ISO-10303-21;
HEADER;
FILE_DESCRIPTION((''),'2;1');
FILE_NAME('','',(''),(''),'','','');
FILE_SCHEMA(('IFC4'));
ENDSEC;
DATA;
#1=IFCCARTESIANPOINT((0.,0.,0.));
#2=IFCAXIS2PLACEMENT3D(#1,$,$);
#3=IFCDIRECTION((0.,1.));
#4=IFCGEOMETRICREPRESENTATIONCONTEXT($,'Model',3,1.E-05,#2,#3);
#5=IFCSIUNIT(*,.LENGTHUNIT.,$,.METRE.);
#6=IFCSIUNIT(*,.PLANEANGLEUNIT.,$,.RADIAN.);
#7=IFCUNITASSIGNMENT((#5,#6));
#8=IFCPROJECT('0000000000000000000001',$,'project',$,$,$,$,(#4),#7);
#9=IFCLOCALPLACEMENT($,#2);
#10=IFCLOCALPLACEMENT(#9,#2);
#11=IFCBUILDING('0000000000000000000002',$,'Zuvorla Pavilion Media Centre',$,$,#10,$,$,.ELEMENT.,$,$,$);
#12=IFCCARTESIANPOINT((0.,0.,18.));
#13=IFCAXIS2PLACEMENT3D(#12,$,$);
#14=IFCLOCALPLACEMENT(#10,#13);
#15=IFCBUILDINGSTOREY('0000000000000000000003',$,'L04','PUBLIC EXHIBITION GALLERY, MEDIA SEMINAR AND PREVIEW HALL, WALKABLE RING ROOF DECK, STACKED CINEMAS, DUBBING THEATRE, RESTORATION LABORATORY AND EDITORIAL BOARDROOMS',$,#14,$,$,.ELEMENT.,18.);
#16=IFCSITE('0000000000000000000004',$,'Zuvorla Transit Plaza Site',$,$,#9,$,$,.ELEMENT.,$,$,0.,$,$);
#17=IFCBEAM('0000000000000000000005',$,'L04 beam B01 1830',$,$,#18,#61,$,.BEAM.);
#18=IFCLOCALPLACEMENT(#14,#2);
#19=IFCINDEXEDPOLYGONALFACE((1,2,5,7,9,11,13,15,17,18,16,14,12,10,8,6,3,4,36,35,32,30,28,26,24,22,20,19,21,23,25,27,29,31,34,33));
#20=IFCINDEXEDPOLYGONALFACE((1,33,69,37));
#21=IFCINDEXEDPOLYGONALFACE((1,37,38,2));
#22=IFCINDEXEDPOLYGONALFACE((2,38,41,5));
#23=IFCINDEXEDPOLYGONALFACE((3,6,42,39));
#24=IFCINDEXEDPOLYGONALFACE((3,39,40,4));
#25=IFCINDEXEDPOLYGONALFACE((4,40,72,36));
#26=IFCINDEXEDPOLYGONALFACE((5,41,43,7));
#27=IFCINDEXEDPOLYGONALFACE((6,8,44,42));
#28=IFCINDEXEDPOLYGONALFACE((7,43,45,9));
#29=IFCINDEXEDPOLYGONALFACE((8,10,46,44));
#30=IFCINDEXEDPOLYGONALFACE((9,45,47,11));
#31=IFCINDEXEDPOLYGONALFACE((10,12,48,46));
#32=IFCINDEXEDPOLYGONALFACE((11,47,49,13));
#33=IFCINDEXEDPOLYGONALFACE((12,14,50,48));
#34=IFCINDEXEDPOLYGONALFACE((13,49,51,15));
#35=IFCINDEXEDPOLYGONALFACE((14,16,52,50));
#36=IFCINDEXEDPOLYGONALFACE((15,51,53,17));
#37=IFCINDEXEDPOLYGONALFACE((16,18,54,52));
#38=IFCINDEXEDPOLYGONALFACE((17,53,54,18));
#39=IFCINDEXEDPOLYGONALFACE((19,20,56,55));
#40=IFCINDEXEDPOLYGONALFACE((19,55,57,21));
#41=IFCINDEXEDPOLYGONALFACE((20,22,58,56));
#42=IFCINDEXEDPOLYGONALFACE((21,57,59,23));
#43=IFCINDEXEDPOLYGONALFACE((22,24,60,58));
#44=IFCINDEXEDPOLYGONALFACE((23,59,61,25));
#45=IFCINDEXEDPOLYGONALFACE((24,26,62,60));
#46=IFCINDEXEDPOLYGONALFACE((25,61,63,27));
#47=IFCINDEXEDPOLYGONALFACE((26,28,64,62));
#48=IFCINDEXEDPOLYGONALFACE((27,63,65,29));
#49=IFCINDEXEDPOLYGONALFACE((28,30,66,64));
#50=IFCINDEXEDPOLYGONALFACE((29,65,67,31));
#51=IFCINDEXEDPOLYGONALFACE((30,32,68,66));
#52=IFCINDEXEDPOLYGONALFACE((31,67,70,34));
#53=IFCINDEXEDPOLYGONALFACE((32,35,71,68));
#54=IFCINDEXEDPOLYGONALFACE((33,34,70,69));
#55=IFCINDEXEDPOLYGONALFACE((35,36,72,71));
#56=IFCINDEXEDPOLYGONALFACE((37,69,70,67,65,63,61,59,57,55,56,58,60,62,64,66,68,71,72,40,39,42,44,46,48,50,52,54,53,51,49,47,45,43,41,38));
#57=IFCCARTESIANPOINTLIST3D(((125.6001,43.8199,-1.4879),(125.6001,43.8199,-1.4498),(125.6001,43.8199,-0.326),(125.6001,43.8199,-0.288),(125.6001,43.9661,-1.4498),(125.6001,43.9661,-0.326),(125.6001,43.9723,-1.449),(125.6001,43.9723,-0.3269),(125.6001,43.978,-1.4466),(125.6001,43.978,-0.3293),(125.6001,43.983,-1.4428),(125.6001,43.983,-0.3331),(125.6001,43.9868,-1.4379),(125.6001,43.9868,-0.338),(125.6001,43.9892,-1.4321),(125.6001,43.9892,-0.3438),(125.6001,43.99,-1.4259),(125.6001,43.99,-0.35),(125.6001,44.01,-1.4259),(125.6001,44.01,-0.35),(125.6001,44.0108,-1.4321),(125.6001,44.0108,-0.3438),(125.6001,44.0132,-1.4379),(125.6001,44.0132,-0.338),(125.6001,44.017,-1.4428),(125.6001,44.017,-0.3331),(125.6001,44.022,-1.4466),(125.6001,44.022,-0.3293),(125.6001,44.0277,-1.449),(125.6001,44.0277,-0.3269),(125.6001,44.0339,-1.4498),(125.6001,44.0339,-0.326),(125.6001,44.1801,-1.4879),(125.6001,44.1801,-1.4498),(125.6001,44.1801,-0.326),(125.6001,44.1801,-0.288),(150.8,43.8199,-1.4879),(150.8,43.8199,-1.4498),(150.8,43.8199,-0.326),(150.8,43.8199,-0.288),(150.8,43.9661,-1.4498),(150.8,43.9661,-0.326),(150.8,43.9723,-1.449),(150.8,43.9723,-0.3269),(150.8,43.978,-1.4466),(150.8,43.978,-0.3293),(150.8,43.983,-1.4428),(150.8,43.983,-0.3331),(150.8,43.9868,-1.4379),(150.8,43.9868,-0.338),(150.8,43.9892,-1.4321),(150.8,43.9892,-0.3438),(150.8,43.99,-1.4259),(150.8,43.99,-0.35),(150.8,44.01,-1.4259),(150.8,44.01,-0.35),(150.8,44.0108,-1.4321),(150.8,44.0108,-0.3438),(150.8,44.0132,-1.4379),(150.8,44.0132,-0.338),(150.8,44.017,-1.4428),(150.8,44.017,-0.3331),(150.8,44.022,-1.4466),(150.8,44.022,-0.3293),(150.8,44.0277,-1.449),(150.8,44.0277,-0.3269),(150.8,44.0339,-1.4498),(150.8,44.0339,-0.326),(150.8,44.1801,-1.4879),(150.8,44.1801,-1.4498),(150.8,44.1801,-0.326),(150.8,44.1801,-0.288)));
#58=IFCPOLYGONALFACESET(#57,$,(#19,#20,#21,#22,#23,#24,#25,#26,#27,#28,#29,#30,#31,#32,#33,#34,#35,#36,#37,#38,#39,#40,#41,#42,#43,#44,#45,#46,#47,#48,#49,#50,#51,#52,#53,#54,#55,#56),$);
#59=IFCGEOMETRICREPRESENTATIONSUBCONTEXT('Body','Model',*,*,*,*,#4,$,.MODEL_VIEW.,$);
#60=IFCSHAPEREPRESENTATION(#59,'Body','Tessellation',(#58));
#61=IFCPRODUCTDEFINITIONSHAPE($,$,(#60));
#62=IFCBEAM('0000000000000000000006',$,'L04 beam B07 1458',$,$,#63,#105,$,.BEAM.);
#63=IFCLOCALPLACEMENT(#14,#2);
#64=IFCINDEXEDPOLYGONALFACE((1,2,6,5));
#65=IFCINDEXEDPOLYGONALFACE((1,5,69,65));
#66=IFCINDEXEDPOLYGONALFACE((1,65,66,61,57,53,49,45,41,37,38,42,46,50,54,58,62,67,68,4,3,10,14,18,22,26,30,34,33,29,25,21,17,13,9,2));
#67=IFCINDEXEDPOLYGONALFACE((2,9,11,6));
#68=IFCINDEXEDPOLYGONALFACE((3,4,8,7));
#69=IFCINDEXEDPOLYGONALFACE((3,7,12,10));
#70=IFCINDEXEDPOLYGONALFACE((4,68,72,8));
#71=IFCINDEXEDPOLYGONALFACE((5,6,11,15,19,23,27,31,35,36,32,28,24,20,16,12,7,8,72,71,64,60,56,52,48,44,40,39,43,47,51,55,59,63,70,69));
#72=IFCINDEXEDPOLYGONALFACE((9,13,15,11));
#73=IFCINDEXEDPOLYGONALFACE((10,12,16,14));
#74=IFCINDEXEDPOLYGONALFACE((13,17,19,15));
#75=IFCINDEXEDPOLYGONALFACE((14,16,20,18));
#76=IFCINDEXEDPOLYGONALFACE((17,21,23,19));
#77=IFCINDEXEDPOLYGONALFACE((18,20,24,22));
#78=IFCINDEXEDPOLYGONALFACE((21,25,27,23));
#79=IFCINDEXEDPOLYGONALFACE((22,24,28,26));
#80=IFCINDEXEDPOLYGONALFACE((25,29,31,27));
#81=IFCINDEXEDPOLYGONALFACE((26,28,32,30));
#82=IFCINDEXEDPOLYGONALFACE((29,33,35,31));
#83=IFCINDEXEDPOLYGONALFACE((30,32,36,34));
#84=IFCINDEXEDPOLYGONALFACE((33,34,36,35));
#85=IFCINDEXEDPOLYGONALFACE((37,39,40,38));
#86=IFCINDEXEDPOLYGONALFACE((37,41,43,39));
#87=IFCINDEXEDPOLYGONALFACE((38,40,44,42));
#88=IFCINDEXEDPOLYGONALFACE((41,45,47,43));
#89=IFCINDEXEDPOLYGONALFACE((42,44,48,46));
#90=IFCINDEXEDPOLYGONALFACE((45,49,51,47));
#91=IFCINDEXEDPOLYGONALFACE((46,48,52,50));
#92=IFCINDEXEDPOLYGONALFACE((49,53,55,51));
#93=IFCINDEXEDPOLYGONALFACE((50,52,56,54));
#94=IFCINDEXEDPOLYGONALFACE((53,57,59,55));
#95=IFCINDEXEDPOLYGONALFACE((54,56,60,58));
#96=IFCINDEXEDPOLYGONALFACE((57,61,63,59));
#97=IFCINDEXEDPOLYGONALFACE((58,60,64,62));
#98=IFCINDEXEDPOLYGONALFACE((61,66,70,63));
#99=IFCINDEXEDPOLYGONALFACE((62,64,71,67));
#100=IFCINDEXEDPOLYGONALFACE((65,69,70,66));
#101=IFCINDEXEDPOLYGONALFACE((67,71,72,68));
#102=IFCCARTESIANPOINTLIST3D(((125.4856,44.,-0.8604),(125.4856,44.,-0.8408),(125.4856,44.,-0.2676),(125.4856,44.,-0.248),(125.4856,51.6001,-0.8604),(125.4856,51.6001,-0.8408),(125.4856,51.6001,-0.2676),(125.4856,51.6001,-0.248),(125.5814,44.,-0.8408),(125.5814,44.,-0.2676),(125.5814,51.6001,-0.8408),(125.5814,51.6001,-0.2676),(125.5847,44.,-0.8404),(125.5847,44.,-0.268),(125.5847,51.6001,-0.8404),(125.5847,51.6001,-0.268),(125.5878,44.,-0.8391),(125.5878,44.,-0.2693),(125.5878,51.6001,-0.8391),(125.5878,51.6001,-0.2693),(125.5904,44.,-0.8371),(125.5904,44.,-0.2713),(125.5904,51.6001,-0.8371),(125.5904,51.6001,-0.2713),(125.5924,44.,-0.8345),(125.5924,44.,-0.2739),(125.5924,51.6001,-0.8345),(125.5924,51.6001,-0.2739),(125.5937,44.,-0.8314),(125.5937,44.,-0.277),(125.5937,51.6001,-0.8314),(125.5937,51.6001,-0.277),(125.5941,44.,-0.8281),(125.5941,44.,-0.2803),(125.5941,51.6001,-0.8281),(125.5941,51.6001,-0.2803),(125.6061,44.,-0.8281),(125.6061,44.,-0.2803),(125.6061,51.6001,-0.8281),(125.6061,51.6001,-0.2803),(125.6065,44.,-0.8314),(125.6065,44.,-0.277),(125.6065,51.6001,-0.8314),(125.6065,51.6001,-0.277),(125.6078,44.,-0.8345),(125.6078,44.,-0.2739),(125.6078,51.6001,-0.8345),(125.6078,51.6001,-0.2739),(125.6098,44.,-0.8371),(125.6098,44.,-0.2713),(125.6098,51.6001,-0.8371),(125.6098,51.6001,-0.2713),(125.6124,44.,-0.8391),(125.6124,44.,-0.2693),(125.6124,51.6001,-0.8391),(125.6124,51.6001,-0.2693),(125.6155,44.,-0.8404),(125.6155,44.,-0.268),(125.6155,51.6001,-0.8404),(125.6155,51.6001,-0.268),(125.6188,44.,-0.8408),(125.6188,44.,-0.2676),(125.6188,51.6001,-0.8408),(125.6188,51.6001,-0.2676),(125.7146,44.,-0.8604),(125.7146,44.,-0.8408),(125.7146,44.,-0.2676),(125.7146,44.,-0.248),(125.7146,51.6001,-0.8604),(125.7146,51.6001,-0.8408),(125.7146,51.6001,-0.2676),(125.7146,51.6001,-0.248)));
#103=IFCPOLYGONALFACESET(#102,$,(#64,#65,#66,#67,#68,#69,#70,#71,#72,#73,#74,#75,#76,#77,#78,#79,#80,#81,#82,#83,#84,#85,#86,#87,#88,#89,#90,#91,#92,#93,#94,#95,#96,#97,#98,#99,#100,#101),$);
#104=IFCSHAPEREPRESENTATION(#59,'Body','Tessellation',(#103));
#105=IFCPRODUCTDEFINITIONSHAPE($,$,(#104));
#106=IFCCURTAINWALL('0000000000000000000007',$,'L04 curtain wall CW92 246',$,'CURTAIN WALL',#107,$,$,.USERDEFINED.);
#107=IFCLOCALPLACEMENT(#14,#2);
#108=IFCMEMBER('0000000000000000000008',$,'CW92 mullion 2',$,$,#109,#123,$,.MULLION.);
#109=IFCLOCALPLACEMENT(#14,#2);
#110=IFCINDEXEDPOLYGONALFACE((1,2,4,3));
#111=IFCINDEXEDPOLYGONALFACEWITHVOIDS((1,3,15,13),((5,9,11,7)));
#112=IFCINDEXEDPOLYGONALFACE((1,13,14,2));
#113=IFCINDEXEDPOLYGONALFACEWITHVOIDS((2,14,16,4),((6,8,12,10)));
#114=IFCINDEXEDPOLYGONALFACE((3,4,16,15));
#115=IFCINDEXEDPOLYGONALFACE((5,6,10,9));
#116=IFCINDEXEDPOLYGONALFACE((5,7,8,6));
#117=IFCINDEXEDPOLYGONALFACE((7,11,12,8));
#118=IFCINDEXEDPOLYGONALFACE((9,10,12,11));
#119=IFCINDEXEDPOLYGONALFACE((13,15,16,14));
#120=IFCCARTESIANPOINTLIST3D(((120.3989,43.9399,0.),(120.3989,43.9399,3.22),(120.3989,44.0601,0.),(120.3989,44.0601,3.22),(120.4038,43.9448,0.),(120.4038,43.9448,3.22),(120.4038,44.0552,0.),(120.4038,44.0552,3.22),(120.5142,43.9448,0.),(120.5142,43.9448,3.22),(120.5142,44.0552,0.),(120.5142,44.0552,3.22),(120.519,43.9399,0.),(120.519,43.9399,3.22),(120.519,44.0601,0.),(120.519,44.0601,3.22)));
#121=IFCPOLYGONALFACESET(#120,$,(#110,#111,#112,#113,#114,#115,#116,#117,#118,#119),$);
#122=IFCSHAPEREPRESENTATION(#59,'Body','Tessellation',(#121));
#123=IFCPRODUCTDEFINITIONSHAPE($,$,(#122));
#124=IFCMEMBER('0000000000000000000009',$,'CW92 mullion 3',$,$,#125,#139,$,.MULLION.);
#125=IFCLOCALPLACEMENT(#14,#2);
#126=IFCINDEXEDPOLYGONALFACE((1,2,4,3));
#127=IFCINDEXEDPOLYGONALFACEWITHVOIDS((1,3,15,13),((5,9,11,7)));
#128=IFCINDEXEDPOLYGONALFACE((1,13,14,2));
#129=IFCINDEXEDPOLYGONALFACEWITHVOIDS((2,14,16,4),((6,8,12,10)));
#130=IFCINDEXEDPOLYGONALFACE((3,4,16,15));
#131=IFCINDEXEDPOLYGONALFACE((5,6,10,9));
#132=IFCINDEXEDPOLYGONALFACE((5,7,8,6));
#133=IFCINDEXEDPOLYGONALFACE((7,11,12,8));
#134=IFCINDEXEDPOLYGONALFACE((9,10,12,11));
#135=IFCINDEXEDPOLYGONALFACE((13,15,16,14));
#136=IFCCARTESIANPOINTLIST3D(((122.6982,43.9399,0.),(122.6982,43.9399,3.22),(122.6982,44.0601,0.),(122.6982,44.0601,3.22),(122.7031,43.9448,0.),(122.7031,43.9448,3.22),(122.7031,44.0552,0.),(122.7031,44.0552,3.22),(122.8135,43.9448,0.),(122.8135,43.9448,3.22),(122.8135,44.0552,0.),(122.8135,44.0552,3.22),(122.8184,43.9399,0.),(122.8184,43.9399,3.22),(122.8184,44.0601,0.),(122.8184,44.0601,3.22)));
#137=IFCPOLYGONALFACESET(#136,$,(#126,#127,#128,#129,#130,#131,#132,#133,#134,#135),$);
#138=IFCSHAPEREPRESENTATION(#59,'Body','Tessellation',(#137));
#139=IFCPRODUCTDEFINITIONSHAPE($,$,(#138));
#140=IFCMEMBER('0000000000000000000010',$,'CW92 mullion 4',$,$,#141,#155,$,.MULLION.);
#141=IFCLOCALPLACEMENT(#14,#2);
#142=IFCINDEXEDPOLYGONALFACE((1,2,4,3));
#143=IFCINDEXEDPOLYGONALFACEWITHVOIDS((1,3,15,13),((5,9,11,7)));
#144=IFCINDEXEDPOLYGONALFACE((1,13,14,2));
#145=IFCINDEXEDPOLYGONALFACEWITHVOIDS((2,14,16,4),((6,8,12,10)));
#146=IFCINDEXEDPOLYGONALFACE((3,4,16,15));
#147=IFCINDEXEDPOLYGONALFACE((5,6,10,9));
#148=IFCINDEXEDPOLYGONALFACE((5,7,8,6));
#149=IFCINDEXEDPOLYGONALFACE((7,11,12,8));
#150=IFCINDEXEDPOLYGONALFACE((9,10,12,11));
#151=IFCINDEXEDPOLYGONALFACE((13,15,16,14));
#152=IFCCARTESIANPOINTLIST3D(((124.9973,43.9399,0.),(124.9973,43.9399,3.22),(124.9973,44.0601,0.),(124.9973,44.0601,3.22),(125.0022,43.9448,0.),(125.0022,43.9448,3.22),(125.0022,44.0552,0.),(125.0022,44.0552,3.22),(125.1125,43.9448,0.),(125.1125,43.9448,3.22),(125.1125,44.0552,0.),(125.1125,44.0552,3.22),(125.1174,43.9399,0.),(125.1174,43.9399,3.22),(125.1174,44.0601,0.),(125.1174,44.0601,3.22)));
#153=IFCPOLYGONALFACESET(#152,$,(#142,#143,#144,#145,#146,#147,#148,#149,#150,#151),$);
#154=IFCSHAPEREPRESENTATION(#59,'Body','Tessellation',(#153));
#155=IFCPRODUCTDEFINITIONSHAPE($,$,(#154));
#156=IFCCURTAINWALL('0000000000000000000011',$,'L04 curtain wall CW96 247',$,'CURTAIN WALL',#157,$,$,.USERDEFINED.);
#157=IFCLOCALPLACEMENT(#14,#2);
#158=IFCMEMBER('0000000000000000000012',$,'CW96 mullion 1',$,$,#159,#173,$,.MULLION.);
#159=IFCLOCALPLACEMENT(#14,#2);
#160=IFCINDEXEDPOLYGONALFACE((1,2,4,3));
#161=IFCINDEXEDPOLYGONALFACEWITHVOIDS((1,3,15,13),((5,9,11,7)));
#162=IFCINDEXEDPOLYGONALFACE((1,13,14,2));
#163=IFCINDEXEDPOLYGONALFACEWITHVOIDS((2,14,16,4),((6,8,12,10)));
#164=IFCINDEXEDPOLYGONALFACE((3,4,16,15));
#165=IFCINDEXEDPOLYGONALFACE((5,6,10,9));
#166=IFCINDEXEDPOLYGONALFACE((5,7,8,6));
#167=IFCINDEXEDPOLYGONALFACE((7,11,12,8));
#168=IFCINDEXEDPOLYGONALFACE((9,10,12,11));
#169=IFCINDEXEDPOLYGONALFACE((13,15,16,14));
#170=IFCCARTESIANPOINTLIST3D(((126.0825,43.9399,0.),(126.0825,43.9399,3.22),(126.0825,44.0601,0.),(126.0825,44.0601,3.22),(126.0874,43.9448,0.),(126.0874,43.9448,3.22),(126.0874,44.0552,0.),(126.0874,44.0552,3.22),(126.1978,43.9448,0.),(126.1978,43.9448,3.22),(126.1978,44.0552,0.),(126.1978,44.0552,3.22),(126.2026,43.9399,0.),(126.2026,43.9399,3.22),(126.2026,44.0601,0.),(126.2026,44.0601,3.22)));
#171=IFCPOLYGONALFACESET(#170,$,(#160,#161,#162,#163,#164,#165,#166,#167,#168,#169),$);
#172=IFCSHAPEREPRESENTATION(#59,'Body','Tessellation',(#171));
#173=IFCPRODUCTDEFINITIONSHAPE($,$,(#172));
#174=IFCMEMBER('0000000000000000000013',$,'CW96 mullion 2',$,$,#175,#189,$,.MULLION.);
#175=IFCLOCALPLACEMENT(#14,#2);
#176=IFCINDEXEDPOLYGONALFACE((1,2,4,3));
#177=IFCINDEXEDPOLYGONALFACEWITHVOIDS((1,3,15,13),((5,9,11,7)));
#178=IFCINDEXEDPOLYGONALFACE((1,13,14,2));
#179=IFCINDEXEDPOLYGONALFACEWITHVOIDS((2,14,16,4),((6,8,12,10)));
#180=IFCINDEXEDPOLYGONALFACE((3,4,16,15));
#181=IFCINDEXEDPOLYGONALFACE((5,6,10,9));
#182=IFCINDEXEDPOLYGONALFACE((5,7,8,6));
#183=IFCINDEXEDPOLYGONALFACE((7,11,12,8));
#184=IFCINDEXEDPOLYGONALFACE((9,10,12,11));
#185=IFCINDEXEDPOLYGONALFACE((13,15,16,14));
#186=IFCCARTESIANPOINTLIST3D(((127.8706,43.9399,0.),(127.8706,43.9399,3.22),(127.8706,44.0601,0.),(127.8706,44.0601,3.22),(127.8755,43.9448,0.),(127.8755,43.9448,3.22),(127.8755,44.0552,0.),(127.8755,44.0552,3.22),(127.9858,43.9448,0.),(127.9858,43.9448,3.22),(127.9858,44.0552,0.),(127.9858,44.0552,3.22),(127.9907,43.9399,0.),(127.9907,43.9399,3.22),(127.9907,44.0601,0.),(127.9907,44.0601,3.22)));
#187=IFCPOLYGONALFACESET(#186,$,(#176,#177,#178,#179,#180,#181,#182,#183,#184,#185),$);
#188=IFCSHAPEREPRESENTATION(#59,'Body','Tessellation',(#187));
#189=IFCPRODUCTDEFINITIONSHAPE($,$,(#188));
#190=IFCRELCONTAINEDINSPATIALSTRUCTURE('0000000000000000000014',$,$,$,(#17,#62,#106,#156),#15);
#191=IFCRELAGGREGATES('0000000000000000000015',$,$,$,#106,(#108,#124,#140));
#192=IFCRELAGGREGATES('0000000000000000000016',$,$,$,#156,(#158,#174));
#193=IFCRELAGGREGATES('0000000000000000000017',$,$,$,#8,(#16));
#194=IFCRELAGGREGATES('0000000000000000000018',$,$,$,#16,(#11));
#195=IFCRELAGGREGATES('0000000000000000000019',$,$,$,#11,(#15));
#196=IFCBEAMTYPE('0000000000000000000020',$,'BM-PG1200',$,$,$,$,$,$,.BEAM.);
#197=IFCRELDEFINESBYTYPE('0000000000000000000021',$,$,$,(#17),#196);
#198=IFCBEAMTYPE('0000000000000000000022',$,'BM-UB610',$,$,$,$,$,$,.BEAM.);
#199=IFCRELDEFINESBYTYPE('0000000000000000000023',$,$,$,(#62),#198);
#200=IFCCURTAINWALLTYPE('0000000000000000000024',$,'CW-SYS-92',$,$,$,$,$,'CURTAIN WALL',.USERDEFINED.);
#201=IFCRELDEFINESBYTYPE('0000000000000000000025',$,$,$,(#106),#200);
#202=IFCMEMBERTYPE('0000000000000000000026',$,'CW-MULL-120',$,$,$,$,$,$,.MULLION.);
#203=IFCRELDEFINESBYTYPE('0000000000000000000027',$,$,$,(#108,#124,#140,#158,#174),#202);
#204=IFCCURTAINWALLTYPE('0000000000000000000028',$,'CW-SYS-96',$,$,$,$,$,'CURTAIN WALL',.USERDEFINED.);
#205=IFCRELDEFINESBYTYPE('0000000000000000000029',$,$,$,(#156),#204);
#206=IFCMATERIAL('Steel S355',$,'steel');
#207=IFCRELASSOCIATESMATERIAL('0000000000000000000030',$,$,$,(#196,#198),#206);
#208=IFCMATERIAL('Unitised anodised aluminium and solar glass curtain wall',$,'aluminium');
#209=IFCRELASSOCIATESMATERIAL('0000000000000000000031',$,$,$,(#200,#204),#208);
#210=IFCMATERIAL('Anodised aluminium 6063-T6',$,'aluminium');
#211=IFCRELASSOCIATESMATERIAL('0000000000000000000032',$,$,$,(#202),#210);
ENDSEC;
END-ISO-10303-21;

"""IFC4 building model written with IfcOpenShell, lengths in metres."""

from ifc_helpers import new_model, si_unit, direction, frame, origin, origin_2d, place, context, subcontext, project, spatial, hollow_rectangle, i_section, extrude, material, material_profile, profile_set, type_object, element, aggregate, save


model = new_model("IFC4")

# Units and contexts
model_context = context("Model", 3, precision=1e-05, world=origin(), true_north=direction((0.0, 1.0)))
body_context = subcontext(model_context, "Body", "Model", "MODEL_VIEW")
ifc_project = project(units=[si_unit("LENGTHUNIT", "METRE"), si_unit("PLANEANGLEUNIT", "RADIAN")], contexts=[model_context])

# Site, building, storey
site_placement = place(None, origin())
site = spatial("IfcSite", under=ifc_project, at=site_placement, Name="Zuvorla Transit Plaza Site", CompositionType="ELEMENT", RefElevation=0.0)
building_placement = place(site_placement, origin())
building = spatial("IfcBuilding", under=site, at=building_placement, Name="Zuvorla Pavilion Media Centre", CompositionType="ELEMENT")
storey_placement = place(building_placement, frame((0.0, 0.0, 18.0)))
storey = spatial("IfcBuildingStorey", under=building, at=storey_placement, Name="L04", Description="PUBLIC EXHIBITION GALLERY, MEDIA SEMINAR AND PREVIEW HALL, WALKABLE RING ROOF DECK, STACKED CINEMAS, DUBBING THEATRE, RESTORATION LABORATORY AND EDITORIAL BOARDROOMS", CompositionType="ELEMENT", Elevation=18.0)

# Beams
ifc_material_1 = material(Name="Steel S355", Category="steel")
ifc_material_profile_1 = material_profile(ifc_material_1, i_section(OverallWidth=0.3601, OverallDepth=1.2, WebThickness=0.02, FlangeThickness=0.0381, FilletRadius=0.0239, at=origin_2d()), Name="PG 1200x360x38")
ifc_profile_set_1 = profile_set([ifc_material_profile_1], Name="Steel S355")
beam_type_1 = type_object("IfcBeamType", Name="BM-PG1200", PredefinedType="BEAM", material=ifc_profile_set_1)
beam_1_placement = place(storey_placement, frame((125.6001, 44.0, -0.8879), z_axis=(1.0, 0.0, 0.0), x_axis=(0.0, 1.0, 0.0)))
element("IfcBeam", 1, at=beam_1_placement, inside=storey, type_object=beam_type_1, Name="L04 beam B01 1830", PredefinedType="BEAM", context=body_context, shape_type="SweptSolid", body=[
    extrude(i_section(OverallWidth=0.3601, OverallDepth=1.2, WebThickness=0.02, FlangeThickness=0.0381, FilletRadius=0.0239, at=origin_2d()), origin(), (0.0, 0.0, 1.0), 25.2),
])
ifc_material_profile_2 = material_profile(ifc_material_1, i_section(OverallWidth=0.229, OverallDepth=0.6123, WebThickness=0.012, FlangeThickness=0.0195, FilletRadius=0.0127, at=origin_2d()), Name="UB 610x229x125")
ifc_profile_set_2 = profile_set([ifc_material_profile_2], Name="Steel S355")
beam_type_2 = type_object("IfcBeamType", Name="BM-UB610", PredefinedType="BEAM", material=ifc_profile_set_2)
beam_2_placement = place(storey_placement, frame((125.6001, 44.0, -0.5542), z_axis=(0.0, 1.0, 0.0), x_axis=(-1.0, 0.0, 0.0)))
element("IfcBeam", 2, at=beam_2_placement, inside=storey, type_object=beam_type_2, Name="L04 beam B07 1458", PredefinedType="BEAM", context=body_context, shape_type="SweptSolid", body=[
    extrude(i_section(OverallWidth=0.229, OverallDepth=0.6123, WebThickness=0.012, FlangeThickness=0.0195, FilletRadius=0.0127, at=origin_2d()), origin(), (0.0, 0.0, 1.0), 7.6001),
])

# Curtain walls, members
ifc_material_2 = material(Name="Unitised anodised aluminium and solar glass curtain wall", Category="aluminium")
curtain_wall_type_1 = type_object("IfcCurtainWallType", Name="CW-SYS-92", ElementType="CURTAIN WALL", PredefinedType="USERDEFINED", material=ifc_material_2)
curtain_wall_1_placement = place(storey_placement, origin())
curtain_wall_1 = element("IfcCurtainWall", 3, at=curtain_wall_1_placement, inside=storey, type_object=curtain_wall_type_1, Name="L04 curtain wall CW92 246", ObjectType="CURTAIN WALL", PredefinedType="USERDEFINED")
ifc_material_3 = material(Name="Anodised aluminium 6063-T6", Category="aluminium")
ifc_material_profile_3 = material_profile(ifc_material_3, hollow_rectangle(XDim=0.1201, YDim=0.1201, WallThickness=0.0049, at=origin_2d()), Name="ALU MULL 120x120")
ifc_profile_set_3 = profile_set([ifc_material_profile_3], Name="Anodised aluminium 6063-T6")
member_type_1 = type_object("IfcMemberType", Name="CW-MULL-120", PredefinedType="MULLION", material=ifc_profile_set_3)
member_1_placement = place(storey_placement, frame((120.459, 44.0, 0.0), z_axis=(0.0, 0.0, 1.0), x_axis=(1.0, 0.0, 0.0)))
member_1 = element("IfcMember", 4, at=member_1_placement, type_object=member_type_1, Name="CW92 mullion 2", PredefinedType="MULLION", context=body_context, shape_type="SweptSolid", body=[
    extrude(hollow_rectangle(XDim=0.1201, YDim=0.1201, WallThickness=0.0049, at=origin_2d()), origin(), (0.0, 0.0, 1.0), 3.22),
])
member_2_placement = place(storey_placement, frame((122.7583, 44.0, 0.0), z_axis=(0.0, 0.0, 1.0), x_axis=(1.0, 0.0, 0.0)))
member_2 = element("IfcMember", 5, at=member_2_placement, type_object=member_type_1, Name="CW92 mullion 3", PredefinedType="MULLION", context=body_context, shape_type="SweptSolid", body=[
    extrude(hollow_rectangle(XDim=0.1201, YDim=0.1201, WallThickness=0.0049, at=origin_2d()), origin(), (0.0, 0.0, 1.0), 3.22),
])
member_3_placement = place(storey_placement, frame((125.0574, 44.0, 0.0), z_axis=(0.0, 0.0, 1.0), x_axis=(1.0, 0.0, 0.0)))
member_3 = element("IfcMember", 6, at=member_3_placement, type_object=member_type_1, Name="CW92 mullion 4", PredefinedType="MULLION", context=body_context, shape_type="SweptSolid", body=[
    extrude(hollow_rectangle(XDim=0.1201, YDim=0.1201, WallThickness=0.0049, at=origin_2d()), origin(), (0.0, 0.0, 1.0), 3.22),
])
curtain_wall_type_2 = type_object("IfcCurtainWallType", Name="CW-SYS-96", ElementType="CURTAIN WALL", PredefinedType="USERDEFINED", material=ifc_material_2)
curtain_wall_2_placement = place(storey_placement, origin())
curtain_wall_2 = element("IfcCurtainWall", 7, at=curtain_wall_2_placement, inside=storey, type_object=curtain_wall_type_2, Name="L04 curtain wall CW96 247", ObjectType="CURTAIN WALL", PredefinedType="USERDEFINED")
member_4_placement = place(storey_placement, frame((126.1426, 44.0, 0.0), z_axis=(0.0, 0.0, 1.0), x_axis=(1.0, 0.0, 0.0)))
member_4 = element("IfcMember", 8, at=member_4_placement, type_object=member_type_1, Name="CW96 mullion 1", PredefinedType="MULLION", context=body_context, shape_type="SweptSolid", body=[
    extrude(hollow_rectangle(XDim=0.1201, YDim=0.1201, WallThickness=0.0049, at=origin_2d()), origin(), (0.0, 0.0, 1.0), 3.22),
])
member_5_placement = place(storey_placement, frame((127.9307, 44.0, 0.0), z_axis=(0.0, 0.0, 1.0), x_axis=(1.0, 0.0, 0.0)))
member_5 = element("IfcMember", 9, at=member_5_placement, type_object=member_type_1, Name="CW96 mullion 2", PredefinedType="MULLION", context=body_context, shape_type="SweptSolid", body=[
    extrude(hollow_rectangle(XDim=0.1201, YDim=0.1201, WallThickness=0.0049, at=origin_2d()), origin(), (0.0, 0.0, 1.0), 3.22),
])

aggregate(curtain_wall_1, [member_1, member_2, member_3])
aggregate(curtain_wall_2, [member_4, member_5])

save(model, "model.ifc")
